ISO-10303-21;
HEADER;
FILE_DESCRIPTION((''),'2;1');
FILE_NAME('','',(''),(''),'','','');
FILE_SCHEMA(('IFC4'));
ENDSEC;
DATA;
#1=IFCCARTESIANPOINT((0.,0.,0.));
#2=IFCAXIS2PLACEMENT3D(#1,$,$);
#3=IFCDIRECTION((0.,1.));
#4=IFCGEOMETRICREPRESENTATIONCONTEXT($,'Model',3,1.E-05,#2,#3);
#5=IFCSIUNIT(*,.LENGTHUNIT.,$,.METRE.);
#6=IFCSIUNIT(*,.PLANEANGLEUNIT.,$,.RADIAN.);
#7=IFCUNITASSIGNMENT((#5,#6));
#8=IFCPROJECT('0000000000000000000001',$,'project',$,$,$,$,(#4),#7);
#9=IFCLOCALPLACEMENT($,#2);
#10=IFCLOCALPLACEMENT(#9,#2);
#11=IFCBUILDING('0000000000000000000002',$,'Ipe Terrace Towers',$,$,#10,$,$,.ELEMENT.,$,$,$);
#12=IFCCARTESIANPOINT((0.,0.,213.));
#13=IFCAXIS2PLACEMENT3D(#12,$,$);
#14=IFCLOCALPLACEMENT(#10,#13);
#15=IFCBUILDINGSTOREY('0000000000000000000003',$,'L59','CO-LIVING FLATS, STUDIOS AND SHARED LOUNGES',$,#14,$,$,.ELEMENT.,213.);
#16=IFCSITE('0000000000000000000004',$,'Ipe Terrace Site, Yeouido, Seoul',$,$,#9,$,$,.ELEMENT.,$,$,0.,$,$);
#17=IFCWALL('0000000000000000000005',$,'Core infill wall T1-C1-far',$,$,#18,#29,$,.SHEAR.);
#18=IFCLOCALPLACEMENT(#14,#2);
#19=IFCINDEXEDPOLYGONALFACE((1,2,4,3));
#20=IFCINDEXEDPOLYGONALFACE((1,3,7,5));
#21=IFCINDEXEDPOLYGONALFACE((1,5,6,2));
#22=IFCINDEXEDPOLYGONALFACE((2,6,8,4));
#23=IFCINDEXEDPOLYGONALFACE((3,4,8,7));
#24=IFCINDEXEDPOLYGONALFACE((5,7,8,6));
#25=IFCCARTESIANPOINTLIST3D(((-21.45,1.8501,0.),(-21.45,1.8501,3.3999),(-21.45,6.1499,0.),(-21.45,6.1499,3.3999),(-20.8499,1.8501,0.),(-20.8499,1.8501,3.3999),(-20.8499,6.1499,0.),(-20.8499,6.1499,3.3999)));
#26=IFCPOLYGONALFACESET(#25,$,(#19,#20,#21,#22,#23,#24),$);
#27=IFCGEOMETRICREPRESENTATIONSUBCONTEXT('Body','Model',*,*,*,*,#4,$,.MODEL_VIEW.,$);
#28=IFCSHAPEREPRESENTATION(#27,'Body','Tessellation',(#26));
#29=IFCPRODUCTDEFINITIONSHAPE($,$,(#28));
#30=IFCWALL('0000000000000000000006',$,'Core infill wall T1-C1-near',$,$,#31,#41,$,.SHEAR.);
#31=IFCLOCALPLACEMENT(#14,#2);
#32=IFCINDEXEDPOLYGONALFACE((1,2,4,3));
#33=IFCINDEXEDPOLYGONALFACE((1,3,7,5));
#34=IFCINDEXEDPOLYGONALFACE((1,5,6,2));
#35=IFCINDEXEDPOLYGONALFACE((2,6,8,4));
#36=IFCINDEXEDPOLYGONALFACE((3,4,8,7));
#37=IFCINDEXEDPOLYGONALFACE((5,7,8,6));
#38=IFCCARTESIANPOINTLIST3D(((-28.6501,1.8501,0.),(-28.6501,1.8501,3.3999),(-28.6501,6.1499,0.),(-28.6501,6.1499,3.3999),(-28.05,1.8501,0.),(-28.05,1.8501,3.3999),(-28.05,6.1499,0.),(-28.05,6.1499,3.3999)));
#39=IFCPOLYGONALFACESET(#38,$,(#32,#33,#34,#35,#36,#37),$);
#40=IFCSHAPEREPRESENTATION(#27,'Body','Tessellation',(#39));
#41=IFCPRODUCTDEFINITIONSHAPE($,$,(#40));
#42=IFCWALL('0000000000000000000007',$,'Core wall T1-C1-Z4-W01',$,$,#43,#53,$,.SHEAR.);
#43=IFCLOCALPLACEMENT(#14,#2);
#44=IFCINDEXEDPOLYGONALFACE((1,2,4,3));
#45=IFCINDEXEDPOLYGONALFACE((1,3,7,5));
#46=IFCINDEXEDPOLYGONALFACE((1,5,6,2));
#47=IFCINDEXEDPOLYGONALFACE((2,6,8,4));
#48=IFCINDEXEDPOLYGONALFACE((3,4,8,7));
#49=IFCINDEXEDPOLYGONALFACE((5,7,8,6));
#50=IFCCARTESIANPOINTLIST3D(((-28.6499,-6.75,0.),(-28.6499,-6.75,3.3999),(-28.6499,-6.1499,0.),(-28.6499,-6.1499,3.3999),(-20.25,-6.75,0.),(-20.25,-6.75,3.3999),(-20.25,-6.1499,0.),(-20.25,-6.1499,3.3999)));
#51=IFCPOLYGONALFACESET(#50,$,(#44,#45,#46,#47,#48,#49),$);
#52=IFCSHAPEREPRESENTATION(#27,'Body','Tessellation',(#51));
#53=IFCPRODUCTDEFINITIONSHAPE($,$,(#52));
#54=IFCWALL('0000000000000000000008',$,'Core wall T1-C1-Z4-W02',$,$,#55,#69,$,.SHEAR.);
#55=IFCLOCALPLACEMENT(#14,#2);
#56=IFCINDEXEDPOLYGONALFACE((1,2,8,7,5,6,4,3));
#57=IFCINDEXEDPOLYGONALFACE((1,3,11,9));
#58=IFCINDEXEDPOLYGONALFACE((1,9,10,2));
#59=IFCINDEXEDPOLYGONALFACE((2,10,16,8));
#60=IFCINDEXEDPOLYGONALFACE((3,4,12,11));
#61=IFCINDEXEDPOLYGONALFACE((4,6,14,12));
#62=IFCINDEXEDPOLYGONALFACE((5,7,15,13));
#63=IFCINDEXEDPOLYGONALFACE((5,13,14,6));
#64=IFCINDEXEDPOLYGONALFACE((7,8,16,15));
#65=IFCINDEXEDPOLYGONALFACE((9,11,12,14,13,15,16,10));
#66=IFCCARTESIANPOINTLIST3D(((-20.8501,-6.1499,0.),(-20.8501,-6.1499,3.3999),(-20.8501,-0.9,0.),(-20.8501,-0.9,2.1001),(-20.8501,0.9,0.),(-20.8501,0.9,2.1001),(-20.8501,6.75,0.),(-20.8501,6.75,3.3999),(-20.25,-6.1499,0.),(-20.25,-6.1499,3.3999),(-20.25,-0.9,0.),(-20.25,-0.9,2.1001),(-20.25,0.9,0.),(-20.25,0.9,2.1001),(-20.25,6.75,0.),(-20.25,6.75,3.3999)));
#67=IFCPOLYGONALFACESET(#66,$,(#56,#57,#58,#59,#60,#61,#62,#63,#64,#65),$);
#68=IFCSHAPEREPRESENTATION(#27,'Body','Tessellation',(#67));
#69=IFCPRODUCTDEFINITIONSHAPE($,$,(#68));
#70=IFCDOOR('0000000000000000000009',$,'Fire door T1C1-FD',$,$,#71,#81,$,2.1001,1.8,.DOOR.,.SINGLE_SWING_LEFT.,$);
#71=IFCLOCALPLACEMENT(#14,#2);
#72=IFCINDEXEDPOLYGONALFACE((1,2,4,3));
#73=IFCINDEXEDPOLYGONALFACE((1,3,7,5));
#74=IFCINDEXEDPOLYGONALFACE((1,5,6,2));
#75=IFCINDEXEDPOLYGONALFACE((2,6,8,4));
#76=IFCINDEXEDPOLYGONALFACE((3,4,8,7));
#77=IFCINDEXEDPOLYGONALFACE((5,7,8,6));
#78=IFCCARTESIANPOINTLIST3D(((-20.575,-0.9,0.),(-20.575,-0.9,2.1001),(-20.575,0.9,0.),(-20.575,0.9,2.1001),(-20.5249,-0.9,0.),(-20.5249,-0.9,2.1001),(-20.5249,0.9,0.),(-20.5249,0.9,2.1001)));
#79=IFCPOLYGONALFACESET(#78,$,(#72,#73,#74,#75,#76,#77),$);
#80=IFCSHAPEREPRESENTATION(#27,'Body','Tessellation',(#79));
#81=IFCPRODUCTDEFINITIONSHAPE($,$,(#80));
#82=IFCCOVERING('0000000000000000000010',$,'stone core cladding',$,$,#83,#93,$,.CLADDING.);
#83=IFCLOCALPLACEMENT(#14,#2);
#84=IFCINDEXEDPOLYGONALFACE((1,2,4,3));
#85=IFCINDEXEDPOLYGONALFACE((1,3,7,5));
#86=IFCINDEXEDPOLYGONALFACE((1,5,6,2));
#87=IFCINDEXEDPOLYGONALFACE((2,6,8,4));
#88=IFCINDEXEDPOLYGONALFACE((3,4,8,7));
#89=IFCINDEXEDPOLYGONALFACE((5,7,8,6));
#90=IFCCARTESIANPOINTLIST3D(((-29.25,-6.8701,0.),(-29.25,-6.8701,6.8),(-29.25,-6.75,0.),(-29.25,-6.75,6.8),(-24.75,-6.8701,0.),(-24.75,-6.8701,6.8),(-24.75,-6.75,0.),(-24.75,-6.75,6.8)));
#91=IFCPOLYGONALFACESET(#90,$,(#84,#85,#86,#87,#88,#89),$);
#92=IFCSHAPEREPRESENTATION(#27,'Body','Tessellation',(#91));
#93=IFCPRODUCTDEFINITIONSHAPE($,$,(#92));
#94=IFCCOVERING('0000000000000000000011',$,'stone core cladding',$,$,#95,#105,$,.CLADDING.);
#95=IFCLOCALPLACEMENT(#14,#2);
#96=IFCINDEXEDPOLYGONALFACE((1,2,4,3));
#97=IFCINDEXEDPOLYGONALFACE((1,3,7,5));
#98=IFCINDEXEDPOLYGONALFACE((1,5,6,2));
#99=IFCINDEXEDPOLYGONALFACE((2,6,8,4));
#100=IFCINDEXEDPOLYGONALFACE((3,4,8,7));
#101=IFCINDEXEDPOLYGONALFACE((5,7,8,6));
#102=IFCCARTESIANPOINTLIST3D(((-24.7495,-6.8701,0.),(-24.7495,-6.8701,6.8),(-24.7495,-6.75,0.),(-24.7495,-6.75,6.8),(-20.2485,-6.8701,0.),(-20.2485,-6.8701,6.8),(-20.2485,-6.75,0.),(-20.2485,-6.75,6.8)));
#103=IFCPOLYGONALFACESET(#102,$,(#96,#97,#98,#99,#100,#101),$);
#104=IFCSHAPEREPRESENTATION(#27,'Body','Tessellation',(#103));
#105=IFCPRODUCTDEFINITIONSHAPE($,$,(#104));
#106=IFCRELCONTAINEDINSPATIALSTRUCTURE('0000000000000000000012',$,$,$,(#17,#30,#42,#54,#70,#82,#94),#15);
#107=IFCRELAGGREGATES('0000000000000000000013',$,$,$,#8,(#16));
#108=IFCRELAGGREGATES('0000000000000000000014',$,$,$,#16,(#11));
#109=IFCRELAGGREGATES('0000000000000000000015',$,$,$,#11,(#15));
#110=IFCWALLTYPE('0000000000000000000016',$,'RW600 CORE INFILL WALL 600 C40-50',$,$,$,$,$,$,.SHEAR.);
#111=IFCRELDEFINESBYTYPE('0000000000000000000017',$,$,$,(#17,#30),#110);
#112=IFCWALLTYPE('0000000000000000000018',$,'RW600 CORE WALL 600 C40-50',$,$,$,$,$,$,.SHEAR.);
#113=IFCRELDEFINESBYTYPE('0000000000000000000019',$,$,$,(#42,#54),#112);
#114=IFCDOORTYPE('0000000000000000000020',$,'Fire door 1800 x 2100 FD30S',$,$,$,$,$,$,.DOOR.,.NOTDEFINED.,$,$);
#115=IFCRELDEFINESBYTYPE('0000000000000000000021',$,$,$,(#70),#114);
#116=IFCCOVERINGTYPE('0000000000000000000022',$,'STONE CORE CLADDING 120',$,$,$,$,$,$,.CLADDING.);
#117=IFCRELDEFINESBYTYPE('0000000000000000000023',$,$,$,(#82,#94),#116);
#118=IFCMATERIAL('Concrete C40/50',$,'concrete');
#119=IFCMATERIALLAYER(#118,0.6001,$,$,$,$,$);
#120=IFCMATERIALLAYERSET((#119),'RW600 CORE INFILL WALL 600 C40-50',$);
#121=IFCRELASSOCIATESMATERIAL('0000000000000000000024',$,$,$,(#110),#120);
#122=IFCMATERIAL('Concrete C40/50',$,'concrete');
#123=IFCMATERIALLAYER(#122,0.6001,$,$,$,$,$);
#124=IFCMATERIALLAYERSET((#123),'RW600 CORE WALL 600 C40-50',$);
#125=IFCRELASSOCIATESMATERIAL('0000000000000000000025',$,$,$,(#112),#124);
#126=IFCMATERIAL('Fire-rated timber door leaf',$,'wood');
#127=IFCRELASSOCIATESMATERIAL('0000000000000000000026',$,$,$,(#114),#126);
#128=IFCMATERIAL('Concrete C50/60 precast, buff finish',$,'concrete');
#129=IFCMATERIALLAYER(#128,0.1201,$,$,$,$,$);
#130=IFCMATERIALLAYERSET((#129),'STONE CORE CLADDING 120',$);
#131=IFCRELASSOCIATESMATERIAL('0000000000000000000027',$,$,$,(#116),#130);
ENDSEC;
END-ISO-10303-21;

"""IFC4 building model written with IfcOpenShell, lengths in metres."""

from ifc_helpers import new_model, si_unit, direction, frame, frame_2d, origin, origin_2d, place, context, subcontext, project, spatial, rectangle, extrude, material, layer, layer_set, type_object, element, fill, save


model = new_model("IFC4")

# Units and contexts
model_context = context("Model", 3, precision=1e-05, world=origin(), true_north=direction((0.0, 1.0)))
body_context = subcontext(model_context, "Body", "Model", "MODEL_VIEW")
ifc_project = project(units=[si_unit("LENGTHUNIT", "METRE"), si_unit("PLANEANGLEUNIT", "RADIAN")], contexts=[model_context])

# Site, building, storey
site_placement = place(None, origin())
site = spatial("IfcSite", under=ifc_project, at=site_placement, Name="Ipe Terrace Site, Yeouido, Seoul", CompositionType="ELEMENT", RefElevation=0.0)
building_placement = place(site_placement, origin())
building = spatial("IfcBuilding", under=site, at=building_placement, Name="Ipe Terrace Towers", CompositionType="ELEMENT")
storey_placement = place(building_placement, frame((0.0, 0.0, 213.0)))
storey = spatial("IfcBuildingStorey", under=building, at=storey_placement, Name="L59", Description="CO-LIVING FLATS, STUDIOS AND SHARED LOUNGES", CompositionType="ELEMENT", Elevation=213.0)

# Walls
ifc_material_1 = material(Name="Concrete C40/50", Category="concrete")
ifc_layer_1 = layer(ifc_material_1, 0.6001)
ifc_layer_set_1 = layer_set([ifc_layer_1], Name="RW600 CORE INFILL WALL 600 C40-50")
wall_type_1 = type_object("IfcWallType", Name="RW600 CORE INFILL WALL 600 C40-50", PredefinedType="SHEAR", material=ifc_layer_set_1)
for number, where, z_axis, x_axis, name in (
    (1, (-21.1499, 1.8501, 0.0), (0.0, 0.0, 1.0), (0.0, 1.0, 0.0), "Core infill wall T1-C1-far"),
    (2, (-28.3501, 1.8501, 0.0), (0.0, 0.0, 1.0), (0.0, 1.0, 0.0), "Core infill wall T1-C1-near"),
):
    element("IfcWall", number, at=place(storey_placement, frame(where, z_axis=z_axis, x_axis=x_axis)), inside=storey, type_object=wall_type_1, Name=name, PredefinedType="SHEAR", context=body_context, shape_type="SweptSolid", body=[
        extrude(rectangle(XDim=4.2998, YDim=0.6001, at=frame_2d((2.1499, 0.0))), origin(), (0.0, 0.0, 1.0), 3.3999),
    ])
ifc_material_2 = material(Name="Concrete C40/50", Category="concrete")
ifc_layer_2 = layer(ifc_material_2, 0.6001)
ifc_layer_set_2 = layer_set([ifc_layer_2], Name="RW600 CORE WALL 600 C40-50")
wall_type_2 = type_object("IfcWallType", Name="RW600 CORE WALL 600 C40-50", PredefinedType="SHEAR", material=ifc_layer_set_2)
wall_1_placement = place(storey_placement, frame((-28.6499, -6.45, 0.0), z_axis=(0.0, 0.0, 1.0), x_axis=(1.0, 0.0, 0.0)))
element("IfcWall", 3, at=wall_1_placement, inside=storey, type_object=wall_type_2, Name="Core wall T1-C1-Z4-W01", PredefinedType="SHEAR", context=body_context, shape_type="SweptSolid", body=[
    extrude(rectangle(XDim=8.3999, YDim=0.6001, at=frame_2d((4.2, 0.0))), origin(), (0.0, 0.0, 1.0), 3.3999),
])

# Wall, opening, door
wall_2_placement = place(storey_placement, frame((-20.55, -6.1499, 0.0), z_axis=(0.0, 0.0, 1.0), x_axis=(0.0, 1.0, 0.0)))
wall_2 = element("IfcWall", 4, at=wall_2_placement, inside=storey, type_object=wall_type_2, Name="Core wall T1-C1-Z4-W02", PredefinedType="SHEAR", context=body_context, shape_type="SweptSolid", body=[
    extrude(rectangle(XDim=12.8999, YDim=0.6001, at=frame_2d((6.45, 0.0))), origin(), (0.0, 0.0, 1.0), 3.3999),
])
opening_1_placement = place(wall_2_placement, frame((5.25, 0.0, 0.0)))
opening_1 = element("IfcOpeningElement", 5, at=opening_1_placement, cuts=wall_2, PredefinedType="OPENING", context=body_context, shape_type="SweptSolid", body=[
    extrude(rectangle(XDim=1.8, YDim=2.1001, at=frame_2d((0.8999, 1.05))), frame((0.0, 0.3101, 0.0), z_axis=(0.0, -1.0, 0.0), x_axis=(1.0, 0.0, 0.0)), (0.0, 0.0, 1.0), 0.6201),
])
ifc_material_3 = material(Name="Fire-rated timber door leaf", Category="wood")
door_type_1 = type_object("IfcDoorType", Name="Fire door 1800 x 2100 FD30S", OperationType="NOTDEFINED", PredefinedType="DOOR", material=ifc_material_3)
door_1_placement = place(opening_1_placement, origin())
door_1 = element("IfcDoor", 6, at=door_1_placement, inside=storey, type_object=door_type_1, Name="Fire door T1C1-FD", OperationType="SINGLE_SWING_LEFT", OverallHeight=2.1001, OverallWidth=1.8, PredefinedType="DOOR", context=body_context, shape_type="SweptSolid", body=[
    extrude(rectangle(XDim=1.8, YDim=2.1001, at=frame_2d((0.8999, 1.05))), frame((0.0, 0.0249, 0.0), z_axis=(0.0, -1.0, 0.0), x_axis=(1.0, 0.0, 0.0)), (0.0, 0.0, 1.0), 0.05),
])
fill(opening_1, door_1)

# Coverings
ifc_material_4 = material(Name="Concrete C50/60 precast, buff finish", Category="concrete")
ifc_layer_3 = layer(ifc_material_4, 0.1201)
ifc_layer_set_3 = layer_set([ifc_layer_3], Name="STONE CORE CLADDING 120")
covering_type = type_object("IfcCoveringType", Name="STONE CORE CLADDING 120", PredefinedType="CLADDING", material=ifc_layer_set_3)
covering_1_placement = place(storey_placement, frame((-27.0, -6.8101, 0.0), z_axis=(0.0, 0.0, 1.0), x_axis=(1.0, 0.0, 0.0)))
element("IfcCovering", 7, at=covering_1_placement, inside=storey, type_object=covering_type, Name="stone core cladding", PredefinedType="CLADDING", context=body_context, shape_type="SweptSolid", body=[
    extrude(rectangle(XDim=4.5, YDim=0.1201, at=origin_2d()), origin(), (0.0, 0.0, 1.0), 6.8),
])
covering_2_placement = place(storey_placement, frame((-22.499, -6.8101, 0.0), z_axis=(0.0, 0.0, 1.0), x_axis=(1.0, 0.0, 0.0)))
element("IfcCovering", 8, at=covering_2_placement, inside=storey, type_object=covering_type, Name="stone core cladding", PredefinedType="CLADDING", context=body_context, shape_type="SweptSolid", body=[
    extrude(rectangle(XDim=4.501, YDim=0.1201, at=origin_2d()), origin(), (0.0, 0.0, 1.0), 6.8),
])

save(model, "model.ifc")
